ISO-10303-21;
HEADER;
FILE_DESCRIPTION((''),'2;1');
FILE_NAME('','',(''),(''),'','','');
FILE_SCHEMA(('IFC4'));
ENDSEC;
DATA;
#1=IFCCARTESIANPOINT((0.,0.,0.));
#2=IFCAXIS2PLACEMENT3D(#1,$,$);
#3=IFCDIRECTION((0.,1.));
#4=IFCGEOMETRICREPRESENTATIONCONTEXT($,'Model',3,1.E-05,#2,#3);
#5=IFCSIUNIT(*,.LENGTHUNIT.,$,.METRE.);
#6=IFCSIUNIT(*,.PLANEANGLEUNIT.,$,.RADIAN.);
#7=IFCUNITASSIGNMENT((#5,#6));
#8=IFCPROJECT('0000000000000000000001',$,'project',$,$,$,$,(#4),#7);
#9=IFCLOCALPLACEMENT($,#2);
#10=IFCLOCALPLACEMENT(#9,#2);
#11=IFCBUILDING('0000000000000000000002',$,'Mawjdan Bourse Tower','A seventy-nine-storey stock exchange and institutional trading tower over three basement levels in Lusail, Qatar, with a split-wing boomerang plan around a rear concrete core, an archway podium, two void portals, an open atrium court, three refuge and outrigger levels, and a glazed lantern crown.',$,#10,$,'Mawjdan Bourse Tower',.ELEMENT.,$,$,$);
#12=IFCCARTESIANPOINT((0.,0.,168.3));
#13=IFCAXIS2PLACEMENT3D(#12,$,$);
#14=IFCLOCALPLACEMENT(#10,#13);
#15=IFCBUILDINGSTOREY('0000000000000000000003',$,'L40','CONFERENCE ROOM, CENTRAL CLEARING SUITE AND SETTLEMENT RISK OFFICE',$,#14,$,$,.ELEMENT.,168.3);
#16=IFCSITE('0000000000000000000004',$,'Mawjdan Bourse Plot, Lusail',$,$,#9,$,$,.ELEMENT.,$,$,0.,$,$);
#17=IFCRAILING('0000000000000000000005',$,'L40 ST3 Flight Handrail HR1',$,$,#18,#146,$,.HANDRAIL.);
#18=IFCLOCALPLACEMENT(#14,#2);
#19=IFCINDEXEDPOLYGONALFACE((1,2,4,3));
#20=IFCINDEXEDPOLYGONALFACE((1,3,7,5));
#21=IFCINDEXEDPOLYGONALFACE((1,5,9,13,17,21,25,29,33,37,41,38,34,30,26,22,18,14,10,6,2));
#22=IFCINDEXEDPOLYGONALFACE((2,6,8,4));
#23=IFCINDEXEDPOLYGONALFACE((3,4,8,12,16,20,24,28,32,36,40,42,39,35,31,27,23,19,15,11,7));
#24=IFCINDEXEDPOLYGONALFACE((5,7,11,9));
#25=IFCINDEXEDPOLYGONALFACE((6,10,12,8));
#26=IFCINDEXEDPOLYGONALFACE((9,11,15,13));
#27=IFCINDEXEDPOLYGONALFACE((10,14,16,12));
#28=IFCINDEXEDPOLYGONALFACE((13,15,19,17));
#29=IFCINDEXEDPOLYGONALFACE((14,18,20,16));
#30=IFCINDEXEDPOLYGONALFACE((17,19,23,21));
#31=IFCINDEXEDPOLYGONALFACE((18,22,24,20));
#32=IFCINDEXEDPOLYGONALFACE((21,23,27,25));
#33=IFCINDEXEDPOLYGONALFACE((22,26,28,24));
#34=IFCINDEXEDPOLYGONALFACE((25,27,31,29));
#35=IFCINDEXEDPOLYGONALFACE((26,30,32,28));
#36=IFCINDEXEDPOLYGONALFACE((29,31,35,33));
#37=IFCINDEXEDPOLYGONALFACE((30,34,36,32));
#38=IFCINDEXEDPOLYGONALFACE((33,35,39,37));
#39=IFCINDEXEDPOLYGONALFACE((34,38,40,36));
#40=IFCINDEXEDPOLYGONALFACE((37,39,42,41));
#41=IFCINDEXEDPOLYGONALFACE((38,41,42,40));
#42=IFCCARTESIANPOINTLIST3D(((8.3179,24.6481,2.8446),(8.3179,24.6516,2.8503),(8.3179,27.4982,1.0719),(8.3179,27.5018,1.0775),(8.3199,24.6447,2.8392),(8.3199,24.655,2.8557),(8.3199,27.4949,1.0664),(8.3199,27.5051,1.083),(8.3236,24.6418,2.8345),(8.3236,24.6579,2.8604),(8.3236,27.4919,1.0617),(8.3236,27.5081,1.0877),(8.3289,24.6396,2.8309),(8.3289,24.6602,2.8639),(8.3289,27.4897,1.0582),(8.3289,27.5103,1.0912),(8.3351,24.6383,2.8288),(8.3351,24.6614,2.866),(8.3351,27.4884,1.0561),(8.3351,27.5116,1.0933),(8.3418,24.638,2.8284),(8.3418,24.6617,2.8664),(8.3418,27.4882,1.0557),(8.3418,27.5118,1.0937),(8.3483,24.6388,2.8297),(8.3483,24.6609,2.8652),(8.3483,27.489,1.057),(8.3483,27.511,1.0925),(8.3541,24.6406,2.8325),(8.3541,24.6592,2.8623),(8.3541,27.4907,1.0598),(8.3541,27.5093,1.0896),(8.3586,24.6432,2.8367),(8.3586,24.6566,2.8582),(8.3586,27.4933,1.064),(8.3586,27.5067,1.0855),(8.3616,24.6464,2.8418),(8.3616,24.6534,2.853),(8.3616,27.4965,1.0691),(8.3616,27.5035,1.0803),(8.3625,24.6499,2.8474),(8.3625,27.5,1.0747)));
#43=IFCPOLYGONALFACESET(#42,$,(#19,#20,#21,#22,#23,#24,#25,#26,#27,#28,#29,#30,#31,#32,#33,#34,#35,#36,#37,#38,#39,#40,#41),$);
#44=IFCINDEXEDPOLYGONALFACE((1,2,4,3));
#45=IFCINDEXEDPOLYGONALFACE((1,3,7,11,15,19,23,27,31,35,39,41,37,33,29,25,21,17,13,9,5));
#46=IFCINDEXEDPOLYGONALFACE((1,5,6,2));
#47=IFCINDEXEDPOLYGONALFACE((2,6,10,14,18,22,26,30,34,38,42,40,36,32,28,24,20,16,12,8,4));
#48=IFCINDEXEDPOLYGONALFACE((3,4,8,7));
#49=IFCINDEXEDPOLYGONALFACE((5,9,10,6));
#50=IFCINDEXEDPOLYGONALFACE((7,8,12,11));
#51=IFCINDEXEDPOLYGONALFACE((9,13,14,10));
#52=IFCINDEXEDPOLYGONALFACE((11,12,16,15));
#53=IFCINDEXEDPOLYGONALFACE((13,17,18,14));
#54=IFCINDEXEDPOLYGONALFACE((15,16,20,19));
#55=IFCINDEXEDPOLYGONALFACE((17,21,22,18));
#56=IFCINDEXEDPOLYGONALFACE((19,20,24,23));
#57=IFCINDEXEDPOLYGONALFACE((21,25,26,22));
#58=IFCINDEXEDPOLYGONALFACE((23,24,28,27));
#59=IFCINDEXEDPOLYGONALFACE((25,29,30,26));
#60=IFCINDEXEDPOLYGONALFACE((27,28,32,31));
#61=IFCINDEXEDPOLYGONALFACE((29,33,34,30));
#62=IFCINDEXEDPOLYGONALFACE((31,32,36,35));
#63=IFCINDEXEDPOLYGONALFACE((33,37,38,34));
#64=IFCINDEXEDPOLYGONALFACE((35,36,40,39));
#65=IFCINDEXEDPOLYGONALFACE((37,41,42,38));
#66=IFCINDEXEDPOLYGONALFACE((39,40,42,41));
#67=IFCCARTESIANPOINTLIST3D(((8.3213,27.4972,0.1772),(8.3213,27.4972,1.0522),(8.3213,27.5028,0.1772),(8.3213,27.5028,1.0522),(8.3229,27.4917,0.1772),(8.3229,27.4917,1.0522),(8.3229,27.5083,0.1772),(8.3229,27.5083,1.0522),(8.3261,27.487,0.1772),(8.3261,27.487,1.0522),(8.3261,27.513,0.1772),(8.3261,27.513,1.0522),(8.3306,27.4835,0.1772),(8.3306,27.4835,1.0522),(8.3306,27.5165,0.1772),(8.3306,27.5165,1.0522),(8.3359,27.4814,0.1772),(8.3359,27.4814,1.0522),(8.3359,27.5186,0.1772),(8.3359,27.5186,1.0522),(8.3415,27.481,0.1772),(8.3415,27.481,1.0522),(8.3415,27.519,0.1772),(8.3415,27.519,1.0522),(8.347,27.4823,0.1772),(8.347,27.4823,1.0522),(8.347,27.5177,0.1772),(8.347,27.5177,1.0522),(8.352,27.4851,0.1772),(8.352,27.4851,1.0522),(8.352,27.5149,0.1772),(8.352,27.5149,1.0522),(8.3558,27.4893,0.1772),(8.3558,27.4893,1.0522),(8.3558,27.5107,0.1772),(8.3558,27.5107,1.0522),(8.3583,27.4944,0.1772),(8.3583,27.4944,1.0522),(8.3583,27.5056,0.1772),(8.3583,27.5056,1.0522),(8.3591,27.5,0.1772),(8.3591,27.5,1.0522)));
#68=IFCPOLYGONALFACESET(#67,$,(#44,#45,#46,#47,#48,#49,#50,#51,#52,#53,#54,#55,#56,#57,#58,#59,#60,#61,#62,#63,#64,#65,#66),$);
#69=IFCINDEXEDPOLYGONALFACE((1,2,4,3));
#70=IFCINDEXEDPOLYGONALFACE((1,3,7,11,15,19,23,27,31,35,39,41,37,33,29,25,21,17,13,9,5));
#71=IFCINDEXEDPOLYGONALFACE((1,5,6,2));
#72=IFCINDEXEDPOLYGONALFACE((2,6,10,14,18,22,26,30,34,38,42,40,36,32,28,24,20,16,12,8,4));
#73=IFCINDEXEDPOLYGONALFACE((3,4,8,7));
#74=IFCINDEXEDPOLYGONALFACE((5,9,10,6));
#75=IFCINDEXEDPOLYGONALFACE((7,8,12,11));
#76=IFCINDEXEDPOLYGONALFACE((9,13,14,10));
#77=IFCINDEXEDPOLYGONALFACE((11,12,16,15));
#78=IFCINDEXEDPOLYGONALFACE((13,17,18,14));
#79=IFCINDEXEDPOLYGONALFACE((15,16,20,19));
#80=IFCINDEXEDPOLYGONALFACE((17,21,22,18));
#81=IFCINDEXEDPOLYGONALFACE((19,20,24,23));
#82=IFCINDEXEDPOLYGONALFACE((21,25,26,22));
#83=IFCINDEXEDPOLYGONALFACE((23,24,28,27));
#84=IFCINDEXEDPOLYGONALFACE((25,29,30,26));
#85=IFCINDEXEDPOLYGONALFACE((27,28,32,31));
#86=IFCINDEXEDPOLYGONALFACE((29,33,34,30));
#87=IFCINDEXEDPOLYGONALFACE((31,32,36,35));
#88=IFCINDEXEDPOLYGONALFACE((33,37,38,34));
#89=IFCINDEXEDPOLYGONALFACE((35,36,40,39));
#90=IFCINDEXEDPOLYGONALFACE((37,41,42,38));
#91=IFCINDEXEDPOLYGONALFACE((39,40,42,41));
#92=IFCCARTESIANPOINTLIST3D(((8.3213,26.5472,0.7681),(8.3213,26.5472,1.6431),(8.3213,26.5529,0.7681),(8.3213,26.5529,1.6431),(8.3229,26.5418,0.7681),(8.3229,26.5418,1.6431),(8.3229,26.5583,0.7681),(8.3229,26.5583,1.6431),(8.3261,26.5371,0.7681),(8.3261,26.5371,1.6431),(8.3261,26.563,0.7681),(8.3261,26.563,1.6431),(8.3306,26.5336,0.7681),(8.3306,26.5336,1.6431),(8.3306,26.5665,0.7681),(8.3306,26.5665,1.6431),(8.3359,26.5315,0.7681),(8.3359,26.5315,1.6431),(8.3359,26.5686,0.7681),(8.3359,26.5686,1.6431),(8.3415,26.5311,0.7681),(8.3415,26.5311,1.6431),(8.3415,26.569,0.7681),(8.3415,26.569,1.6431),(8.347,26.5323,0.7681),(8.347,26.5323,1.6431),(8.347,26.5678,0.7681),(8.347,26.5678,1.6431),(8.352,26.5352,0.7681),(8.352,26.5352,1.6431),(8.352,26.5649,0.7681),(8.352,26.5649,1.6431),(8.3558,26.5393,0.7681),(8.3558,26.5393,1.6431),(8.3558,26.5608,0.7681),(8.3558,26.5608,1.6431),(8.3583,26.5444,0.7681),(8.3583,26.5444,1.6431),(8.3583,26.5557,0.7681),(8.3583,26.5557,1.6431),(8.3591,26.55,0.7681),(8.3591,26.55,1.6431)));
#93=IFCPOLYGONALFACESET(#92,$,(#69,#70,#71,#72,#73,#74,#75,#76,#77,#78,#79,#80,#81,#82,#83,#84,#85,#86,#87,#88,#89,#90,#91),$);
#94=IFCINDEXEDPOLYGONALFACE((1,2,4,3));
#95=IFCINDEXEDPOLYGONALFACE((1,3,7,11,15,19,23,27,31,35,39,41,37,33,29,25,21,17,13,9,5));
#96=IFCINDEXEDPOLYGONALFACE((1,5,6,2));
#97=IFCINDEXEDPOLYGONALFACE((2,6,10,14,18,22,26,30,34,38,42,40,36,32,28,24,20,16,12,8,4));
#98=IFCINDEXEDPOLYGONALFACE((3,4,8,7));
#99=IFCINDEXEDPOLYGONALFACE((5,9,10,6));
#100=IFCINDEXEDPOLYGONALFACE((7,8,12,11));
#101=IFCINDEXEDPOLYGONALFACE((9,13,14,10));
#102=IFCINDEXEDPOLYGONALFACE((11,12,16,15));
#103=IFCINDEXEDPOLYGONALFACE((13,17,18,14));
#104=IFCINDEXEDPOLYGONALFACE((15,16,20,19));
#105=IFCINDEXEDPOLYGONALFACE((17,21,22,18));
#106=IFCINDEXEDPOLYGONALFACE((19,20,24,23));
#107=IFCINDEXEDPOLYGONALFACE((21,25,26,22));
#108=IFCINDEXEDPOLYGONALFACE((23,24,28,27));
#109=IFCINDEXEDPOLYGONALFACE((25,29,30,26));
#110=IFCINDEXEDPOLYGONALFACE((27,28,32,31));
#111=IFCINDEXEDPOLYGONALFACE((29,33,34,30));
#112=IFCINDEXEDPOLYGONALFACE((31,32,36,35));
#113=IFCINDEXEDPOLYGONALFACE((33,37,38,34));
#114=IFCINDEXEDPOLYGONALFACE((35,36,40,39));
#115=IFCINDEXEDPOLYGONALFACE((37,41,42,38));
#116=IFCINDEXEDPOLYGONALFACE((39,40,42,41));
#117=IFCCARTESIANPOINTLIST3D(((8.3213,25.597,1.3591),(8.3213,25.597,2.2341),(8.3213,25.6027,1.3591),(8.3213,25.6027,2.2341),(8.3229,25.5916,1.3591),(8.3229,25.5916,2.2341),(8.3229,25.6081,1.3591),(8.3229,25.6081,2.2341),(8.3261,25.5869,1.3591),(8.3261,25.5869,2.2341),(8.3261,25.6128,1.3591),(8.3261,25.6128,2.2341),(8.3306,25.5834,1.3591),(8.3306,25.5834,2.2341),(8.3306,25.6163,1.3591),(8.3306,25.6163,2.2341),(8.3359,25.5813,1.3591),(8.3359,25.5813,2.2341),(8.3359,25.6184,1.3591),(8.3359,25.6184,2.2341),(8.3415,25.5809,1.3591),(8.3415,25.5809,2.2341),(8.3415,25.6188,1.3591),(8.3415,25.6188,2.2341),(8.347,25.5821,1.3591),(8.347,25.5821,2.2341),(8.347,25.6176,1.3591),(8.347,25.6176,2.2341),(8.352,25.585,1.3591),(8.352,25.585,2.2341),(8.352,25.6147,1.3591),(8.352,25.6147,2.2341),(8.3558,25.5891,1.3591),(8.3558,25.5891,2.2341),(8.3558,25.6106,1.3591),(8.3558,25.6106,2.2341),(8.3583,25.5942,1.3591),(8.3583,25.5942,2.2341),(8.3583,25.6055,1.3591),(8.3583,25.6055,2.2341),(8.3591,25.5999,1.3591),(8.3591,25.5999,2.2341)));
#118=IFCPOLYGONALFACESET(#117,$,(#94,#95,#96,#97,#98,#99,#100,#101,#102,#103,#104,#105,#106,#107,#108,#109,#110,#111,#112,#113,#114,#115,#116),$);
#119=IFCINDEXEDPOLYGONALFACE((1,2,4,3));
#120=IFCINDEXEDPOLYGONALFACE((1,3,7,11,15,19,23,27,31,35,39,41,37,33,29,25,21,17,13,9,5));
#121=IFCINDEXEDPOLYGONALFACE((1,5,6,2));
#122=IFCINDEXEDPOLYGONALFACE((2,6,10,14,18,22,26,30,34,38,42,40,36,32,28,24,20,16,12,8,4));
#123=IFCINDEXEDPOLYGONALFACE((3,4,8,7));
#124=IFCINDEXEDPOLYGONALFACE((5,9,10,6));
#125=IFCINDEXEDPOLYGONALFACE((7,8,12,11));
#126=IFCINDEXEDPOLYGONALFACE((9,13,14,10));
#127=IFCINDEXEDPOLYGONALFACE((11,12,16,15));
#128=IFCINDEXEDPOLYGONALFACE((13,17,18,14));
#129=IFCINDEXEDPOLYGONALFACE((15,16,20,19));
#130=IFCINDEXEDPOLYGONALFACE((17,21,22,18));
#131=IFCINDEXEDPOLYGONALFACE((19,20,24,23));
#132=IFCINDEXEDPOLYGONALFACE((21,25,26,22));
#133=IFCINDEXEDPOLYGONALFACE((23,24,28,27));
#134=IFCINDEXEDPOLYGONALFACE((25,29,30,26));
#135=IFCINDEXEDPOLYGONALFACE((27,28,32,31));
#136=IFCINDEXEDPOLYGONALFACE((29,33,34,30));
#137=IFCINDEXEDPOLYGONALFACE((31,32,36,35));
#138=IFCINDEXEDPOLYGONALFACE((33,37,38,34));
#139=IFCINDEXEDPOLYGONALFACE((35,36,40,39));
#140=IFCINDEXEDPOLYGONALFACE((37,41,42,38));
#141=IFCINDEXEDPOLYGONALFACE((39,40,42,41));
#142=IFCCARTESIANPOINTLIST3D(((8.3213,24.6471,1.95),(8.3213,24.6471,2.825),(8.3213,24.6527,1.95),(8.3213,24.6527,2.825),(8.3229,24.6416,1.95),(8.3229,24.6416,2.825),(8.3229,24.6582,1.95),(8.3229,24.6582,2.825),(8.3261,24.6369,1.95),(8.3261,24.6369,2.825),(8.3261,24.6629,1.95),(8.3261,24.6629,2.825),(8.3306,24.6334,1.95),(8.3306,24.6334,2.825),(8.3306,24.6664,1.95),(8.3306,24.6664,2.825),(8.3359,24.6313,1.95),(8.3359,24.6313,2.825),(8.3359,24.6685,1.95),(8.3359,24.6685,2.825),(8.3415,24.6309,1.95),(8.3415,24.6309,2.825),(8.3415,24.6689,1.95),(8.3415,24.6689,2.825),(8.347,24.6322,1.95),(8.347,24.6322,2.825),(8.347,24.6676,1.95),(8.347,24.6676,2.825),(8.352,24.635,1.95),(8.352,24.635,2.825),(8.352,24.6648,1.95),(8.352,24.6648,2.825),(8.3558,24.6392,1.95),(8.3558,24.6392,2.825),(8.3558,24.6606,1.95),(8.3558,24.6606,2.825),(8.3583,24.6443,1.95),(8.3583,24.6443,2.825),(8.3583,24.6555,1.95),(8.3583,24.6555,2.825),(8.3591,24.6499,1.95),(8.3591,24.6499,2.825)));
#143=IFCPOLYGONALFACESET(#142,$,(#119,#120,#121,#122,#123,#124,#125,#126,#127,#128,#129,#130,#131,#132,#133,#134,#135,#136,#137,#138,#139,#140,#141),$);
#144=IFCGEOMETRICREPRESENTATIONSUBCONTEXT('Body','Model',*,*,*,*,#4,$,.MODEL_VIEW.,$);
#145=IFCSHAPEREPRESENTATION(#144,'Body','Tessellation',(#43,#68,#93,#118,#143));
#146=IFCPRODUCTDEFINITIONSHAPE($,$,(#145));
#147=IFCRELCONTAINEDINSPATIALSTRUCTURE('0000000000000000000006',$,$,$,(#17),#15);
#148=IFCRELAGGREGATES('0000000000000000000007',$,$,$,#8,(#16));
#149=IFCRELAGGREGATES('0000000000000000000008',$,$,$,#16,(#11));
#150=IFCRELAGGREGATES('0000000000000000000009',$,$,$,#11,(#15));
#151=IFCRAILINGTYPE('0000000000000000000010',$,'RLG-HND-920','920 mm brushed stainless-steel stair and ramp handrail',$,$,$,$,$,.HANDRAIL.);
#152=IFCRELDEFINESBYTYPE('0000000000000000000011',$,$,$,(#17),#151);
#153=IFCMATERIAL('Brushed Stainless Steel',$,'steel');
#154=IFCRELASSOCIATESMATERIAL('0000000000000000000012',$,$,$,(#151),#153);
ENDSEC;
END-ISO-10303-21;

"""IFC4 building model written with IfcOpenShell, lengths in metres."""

from ifc_helpers import new_model, si_unit, direction, frame, origin, origin_2d, place, context, subcontext, project, spatial, circle, extrude, material, type_object, element, save


model = new_model("IFC4")

# Units and contexts
model_context = context("Model", 3, precision=1e-05, world=origin(), true_north=direction((0.0, 1.0)))
body_context = subcontext(model_context, "Body", "Model", "MODEL_VIEW")
ifc_project = project(units=[si_unit("LENGTHUNIT", "METRE"), si_unit("PLANEANGLEUNIT", "RADIAN")], contexts=[model_context])

# Site, building, storey
site_placement = place(None, origin())
site = spatial("IfcSite", under=ifc_project, at=site_placement, Name="Mawjdan Bourse Plot, Lusail", CompositionType="ELEMENT", RefElevation=0.0)
building_placement = place(site_placement, origin())
building = spatial("IfcBuilding", under=site, at=building_placement, Name="Mawjdan Bourse Tower", Description="A seventy-nine-storey stock exchange and institutional trading tower over three basement levels in Lusail, Qatar, with a split-wing boomerang plan around a rear concrete core, an archway podium, two void portals, an open atrium court, three refuge and outrigger levels, and a glazed lantern crown.", LongName="Mawjdan Bourse Tower", CompositionType="ELEMENT")
storey_placement = place(building_placement, frame((0.0, 0.0, 168.3)))
storey = spatial("IfcBuildingStorey", under=building, at=storey_placement, Name="L40", Description="CONFERENCE ROOM, CENTRAL CLEARING SUITE AND SETTLEMENT RISK OFFICE", CompositionType="ELEMENT", Elevation=168.3)

# Railing
ifc_material_1 = material(Name="Brushed Stainless Steel", Category="steel")
railing_type_1 = type_object("IfcRailingType", Name="RLG-HND-920", Description="920 mm brushed stainless-steel stair and ramp handrail", PredefinedType="HANDRAIL", material=ifc_material_1)
railing_1_placement = place(storey_placement, frame((8.3401, 27.5, 0.1772)))
element("IfcRailing", 1, at=railing_1_placement, inside=storey, type_object=railing_type_1, Name="L40 ST3 Flight Handrail HR1", PredefinedType="HANDRAIL", context=body_context, shape_type="SweptSolid", body=[
    extrude(circle(Radius=0.0225, at=origin_2d()), frame((0.0, 0.0, 0.8975), z_axis=(0.0, -0.849149, 0.528154), x_axis=(1.0, 0.0, 0.0)), (0.0, 0.0, 1.0), 3.3564),
    extrude(circle(Radius=0.019, at=origin_2d()), origin(), (0.0, 0.0, 1.0), 0.875),
    extrude(circle(Radius=0.019, at=origin_2d()), frame((0.0, -0.95, 0.5908)), (0.0, 0.0, 1.0), 0.875),
    extrude(circle(Radius=0.019, at=origin_2d()), frame((0.0, -1.9001, 1.1819)), (0.0, 0.0, 1.0), 0.875),
    extrude(circle(Radius=0.019, at=origin_2d()), frame((0.0, -2.8501, 1.7727)), (0.0, 0.0, 1.0), 0.875),
])

save(model, "model.ifc")
